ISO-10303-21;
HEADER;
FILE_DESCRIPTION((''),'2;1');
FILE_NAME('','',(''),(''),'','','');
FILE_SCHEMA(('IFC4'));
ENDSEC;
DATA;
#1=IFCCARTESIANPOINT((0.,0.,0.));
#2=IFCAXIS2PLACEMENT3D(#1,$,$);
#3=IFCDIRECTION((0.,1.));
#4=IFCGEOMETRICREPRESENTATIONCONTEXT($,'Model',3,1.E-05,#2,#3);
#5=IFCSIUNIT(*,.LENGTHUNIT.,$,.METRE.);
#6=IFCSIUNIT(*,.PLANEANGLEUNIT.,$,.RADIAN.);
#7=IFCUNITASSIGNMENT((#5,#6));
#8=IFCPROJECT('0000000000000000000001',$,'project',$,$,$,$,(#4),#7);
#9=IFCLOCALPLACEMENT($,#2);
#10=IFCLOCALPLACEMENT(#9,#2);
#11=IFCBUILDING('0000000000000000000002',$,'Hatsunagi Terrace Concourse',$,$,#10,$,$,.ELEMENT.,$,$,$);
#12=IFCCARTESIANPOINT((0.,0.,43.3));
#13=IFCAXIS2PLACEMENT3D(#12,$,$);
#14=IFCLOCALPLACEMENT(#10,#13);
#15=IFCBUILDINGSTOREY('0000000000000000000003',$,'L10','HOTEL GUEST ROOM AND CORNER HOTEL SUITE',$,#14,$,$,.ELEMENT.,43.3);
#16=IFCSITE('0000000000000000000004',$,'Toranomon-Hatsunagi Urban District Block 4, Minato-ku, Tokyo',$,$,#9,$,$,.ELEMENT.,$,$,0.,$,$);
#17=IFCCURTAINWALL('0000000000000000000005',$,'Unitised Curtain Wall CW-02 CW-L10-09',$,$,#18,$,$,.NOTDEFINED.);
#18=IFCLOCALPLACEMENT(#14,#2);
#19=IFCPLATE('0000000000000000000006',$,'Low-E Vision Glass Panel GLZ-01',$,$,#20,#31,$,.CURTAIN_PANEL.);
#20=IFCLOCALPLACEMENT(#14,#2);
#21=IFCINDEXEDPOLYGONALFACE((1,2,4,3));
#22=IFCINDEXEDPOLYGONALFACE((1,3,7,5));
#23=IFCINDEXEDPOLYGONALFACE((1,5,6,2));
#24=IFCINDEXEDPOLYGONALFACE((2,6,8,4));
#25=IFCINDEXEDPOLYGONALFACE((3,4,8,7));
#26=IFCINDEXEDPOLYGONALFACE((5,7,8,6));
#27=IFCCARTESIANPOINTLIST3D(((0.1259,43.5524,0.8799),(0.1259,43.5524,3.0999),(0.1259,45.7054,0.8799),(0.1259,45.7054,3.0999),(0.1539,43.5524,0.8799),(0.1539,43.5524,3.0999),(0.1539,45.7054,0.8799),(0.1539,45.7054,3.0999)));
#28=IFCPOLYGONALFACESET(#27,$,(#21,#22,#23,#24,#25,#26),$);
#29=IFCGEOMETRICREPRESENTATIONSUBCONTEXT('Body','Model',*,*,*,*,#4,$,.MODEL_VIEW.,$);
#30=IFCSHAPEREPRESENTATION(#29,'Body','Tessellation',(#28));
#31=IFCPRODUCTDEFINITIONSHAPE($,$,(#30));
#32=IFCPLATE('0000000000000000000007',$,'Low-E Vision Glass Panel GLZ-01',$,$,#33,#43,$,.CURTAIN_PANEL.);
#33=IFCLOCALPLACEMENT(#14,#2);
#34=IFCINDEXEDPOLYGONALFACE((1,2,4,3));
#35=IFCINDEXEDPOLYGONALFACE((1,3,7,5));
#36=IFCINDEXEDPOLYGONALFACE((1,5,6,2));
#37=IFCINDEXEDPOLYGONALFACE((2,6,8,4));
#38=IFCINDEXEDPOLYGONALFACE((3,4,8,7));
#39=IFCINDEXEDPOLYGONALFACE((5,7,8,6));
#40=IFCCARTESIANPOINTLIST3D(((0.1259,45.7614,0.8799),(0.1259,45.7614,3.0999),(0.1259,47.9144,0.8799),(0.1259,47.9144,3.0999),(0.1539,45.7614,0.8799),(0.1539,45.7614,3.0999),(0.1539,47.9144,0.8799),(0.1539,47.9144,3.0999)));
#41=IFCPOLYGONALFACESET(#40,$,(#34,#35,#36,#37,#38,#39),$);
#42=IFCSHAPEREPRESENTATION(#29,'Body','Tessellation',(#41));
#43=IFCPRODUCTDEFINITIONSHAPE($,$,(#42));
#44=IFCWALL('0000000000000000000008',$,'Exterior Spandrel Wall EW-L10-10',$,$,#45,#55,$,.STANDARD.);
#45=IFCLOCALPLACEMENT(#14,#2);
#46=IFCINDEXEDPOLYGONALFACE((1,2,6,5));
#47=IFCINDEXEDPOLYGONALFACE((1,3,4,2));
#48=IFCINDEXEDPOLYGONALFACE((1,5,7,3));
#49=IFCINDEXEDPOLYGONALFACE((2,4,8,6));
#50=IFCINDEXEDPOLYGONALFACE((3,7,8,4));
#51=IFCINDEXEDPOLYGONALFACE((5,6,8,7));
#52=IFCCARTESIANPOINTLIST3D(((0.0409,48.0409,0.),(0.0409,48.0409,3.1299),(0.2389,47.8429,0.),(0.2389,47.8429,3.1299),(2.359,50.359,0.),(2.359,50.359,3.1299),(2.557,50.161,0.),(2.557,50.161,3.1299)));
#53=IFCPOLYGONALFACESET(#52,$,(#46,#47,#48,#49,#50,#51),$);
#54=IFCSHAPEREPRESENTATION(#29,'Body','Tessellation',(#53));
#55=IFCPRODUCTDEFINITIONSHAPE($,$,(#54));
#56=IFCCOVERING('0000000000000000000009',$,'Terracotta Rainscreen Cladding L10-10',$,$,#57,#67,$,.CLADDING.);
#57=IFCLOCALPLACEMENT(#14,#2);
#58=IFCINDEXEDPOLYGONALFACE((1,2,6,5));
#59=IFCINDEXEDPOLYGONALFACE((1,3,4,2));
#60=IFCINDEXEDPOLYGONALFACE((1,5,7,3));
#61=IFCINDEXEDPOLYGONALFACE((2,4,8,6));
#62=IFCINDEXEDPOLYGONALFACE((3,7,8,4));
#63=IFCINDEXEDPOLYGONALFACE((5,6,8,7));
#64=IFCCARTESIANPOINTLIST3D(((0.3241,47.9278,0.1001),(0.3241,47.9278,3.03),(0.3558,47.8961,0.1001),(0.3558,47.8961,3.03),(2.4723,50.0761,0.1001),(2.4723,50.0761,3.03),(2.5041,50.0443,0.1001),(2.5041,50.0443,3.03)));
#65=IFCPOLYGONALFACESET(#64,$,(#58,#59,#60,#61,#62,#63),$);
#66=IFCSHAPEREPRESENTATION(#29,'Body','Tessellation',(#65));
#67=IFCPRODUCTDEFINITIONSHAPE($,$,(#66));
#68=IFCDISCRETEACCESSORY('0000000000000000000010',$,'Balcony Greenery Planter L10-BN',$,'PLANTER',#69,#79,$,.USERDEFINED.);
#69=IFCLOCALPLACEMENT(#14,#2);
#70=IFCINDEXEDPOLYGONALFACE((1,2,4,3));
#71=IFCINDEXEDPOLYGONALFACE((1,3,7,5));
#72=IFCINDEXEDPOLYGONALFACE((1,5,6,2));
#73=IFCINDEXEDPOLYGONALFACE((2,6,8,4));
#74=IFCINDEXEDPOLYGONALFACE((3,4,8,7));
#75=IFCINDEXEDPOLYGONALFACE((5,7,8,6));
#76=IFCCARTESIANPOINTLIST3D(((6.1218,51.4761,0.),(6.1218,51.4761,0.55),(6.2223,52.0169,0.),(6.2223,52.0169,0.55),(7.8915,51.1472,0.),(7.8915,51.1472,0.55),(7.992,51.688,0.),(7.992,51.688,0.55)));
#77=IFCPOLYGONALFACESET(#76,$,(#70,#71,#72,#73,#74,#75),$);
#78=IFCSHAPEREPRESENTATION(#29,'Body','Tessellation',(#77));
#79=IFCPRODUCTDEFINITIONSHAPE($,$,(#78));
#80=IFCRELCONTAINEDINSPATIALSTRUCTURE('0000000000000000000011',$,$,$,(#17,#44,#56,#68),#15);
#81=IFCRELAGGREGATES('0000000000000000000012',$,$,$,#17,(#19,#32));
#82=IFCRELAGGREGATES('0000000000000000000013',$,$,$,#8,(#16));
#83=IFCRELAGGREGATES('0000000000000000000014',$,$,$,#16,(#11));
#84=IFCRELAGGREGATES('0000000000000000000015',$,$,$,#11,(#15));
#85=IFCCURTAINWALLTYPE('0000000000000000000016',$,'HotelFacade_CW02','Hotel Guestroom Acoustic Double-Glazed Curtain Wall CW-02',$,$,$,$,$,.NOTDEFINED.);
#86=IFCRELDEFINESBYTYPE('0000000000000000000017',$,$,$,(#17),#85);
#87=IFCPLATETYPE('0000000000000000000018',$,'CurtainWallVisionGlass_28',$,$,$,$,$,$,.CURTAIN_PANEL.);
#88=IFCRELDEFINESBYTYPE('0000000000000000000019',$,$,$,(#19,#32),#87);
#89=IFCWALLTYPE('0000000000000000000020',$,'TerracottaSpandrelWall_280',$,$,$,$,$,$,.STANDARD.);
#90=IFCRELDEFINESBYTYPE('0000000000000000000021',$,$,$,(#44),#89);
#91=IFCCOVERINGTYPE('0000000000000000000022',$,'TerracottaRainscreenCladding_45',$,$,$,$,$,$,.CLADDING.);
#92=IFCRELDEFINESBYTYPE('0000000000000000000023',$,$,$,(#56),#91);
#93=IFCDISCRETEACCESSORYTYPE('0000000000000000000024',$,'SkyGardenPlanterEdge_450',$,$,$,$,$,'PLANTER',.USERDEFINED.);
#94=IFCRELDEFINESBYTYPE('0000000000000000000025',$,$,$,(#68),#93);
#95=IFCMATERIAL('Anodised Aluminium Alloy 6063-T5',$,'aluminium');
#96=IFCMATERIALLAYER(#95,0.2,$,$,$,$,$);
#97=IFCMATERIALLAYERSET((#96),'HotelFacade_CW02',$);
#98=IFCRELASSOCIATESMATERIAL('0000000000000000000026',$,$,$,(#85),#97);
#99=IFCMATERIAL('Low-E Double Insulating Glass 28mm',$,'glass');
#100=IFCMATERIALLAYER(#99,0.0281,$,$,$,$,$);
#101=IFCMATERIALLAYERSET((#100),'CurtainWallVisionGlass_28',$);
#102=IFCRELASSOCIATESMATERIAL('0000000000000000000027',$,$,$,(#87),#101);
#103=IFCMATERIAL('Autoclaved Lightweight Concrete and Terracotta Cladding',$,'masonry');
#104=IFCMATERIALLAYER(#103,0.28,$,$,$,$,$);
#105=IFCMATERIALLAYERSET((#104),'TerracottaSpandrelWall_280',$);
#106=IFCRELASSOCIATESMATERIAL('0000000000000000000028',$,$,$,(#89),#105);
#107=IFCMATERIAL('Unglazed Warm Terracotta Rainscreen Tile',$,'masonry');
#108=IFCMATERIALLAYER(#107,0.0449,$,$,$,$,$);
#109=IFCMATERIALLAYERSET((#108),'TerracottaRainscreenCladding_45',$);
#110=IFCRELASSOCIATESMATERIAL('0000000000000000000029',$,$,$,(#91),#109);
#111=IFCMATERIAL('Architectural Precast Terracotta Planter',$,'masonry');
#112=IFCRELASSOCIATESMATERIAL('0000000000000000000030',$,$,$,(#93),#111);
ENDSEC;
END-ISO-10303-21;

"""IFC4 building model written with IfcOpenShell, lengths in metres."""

from ifc_helpers import new_model, si_unit, direction, frame, frame_2d, origin, origin_2d, place, context, subcontext, project, spatial, rectangle, extrude, material, layer, layer_set, type_object, element, aggregate, save


model = new_model("IFC4")

# Units and contexts
model_context = context("Model", 3, precision=1e-05, world=origin(), true_north=direction((0.0, 1.0)))
body_context = subcontext(model_context, "Body", "Model", "MODEL_VIEW")
ifc_project = project(units=[si_unit("LENGTHUNIT", "METRE"), si_unit("PLANEANGLEUNIT", "RADIAN")], contexts=[model_context])

# Site, building, storey
site_placement = place(None, origin())
site = spatial("IfcSite", under=ifc_project, at=site_placement, Name="Toranomon-Hatsunagi Urban District Block 4, Minato-ku, Tokyo", CompositionType="ELEMENT", RefElevation=0.0)
building_placement = place(site_placement, origin())
building = spatial("IfcBuilding", under=site, at=building_placement, Name="Hatsunagi Terrace Concourse", CompositionType="ELEMENT")
storey_placement = place(building_placement, frame((0.0, 0.0, 43.3)))
storey = spatial("IfcBuildingStorey", under=building, at=storey_placement, Name="L10", Description="HOTEL GUEST ROOM AND CORNER HOTEL SUITE", CompositionType="ELEMENT", Elevation=43.3)

# Curtain wall
ifc_material_1 = material(Name="Anodised Aluminium Alloy 6063-T5", Category="aluminium")
ifc_layer_1 = layer(ifc_material_1, 0.2)
ifc_layer_set_1 = layer_set([ifc_layer_1], Name="HotelFacade_CW02")
curtain_wall_type = type_object("IfcCurtainWallType", Name="HotelFacade_CW02", Description="Hotel Guestroom Acoustic Double-Glazed Curtain Wall CW-02", PredefinedType="NOTDEFINED", material=ifc_layer_set_1)
curtain_wall_placement = place(storey_placement, origin())
curtain_wall = element("IfcCurtainWall", 1, at=curtain_wall_placement, inside=storey, type_object=curtain_wall_type, Name="Unitised Curtain Wall CW-02 CW-L10-09", PredefinedType="NOTDEFINED")

# Plates
ifc_material_2 = material(Name="Low-E Double Insulating Glass 28mm", Category="glass")
ifc_layer_2 = layer(ifc_material_2, 0.0281)
ifc_layer_set_2 = layer_set([ifc_layer_2], Name="CurtainWallVisionGlass_28")
plate_type_1 = type_object("IfcPlateType", Name="CurtainWallVisionGlass_28", PredefinedType="CURTAIN_PANEL", material=ifc_layer_set_2)
plate_1_placement = place(storey_placement, frame((0.1399, 44.6289, 0.8799), z_axis=(0.0, 0.0, 1.0), x_axis=(0.0, 1.0, 0.0)))
plate_1 = element("IfcPlate", 2, at=plate_1_placement, type_object=plate_type_1, Name="Low-E Vision Glass Panel GLZ-01", PredefinedType="CURTAIN_PANEL", context=body_context, shape_type="SweptSolid", body=[
    extrude(rectangle(XDim=2.1531, YDim=0.0281, at=origin_2d()), origin(), (0.0, 0.0, 1.0), 2.22),
])
plate_2_placement = place(storey_placement, frame((0.1399, 46.8379, 0.8799), z_axis=(0.0, 0.0, 1.0), x_axis=(0.0, 1.0, 0.0)))
plate_2 = element("IfcPlate", 3, at=plate_2_placement, type_object=plate_type_1, Name="Low-E Vision Glass Panel GLZ-01", PredefinedType="CURTAIN_PANEL", context=body_context, shape_type="SweptSolid", body=[
    extrude(rectangle(XDim=2.1531, YDim=0.0281, at=origin_2d()), origin(), (0.0, 0.0, 1.0), 2.22),
])
aggregate(curtain_wall, [plate_1, plate_2])

# Wall
ifc_material_3 = material(Name="Autoclaved Lightweight Concrete and Terracotta Cladding", Category="masonry")
ifc_layer_3 = layer(ifc_material_3, 0.28)
ifc_layer_set_3 = layer_set([ifc_layer_3], Name="TerracottaSpandrelWall_280")
wall_type = type_object("IfcWallType", Name="TerracottaSpandrelWall_280", PredefinedType="STANDARD", material=ifc_layer_set_3)
wall_1_placement = place(storey_placement, frame((0.1399, 47.9419, 0.0), z_axis=(0.0, 0.0, 1.0), x_axis=(0.707107, 0.707107, 0.0)))
element("IfcWall", 4, at=wall_1_placement, inside=storey, type_object=wall_type, Name="Exterior Spandrel Wall EW-L10-10", PredefinedType="STANDARD", context=body_context, shape_type="SweptSolid", body=[
    extrude(rectangle(XDim=3.2783, YDim=0.28, at=frame_2d((1.6392, 0.0))), origin(), (0.0, 0.0, 1.0), 3.1299),
])

# Covering
ifc_material_4 = material(Name="Unglazed Warm Terracotta Rainscreen Tile", Category="masonry")
ifc_layer_4 = layer(ifc_material_4, 0.0449)
ifc_layer_set_4 = layer_set([ifc_layer_4], Name="TerracottaRainscreenCladding_45")
covering_type = type_object("IfcCoveringType", Name="TerracottaRainscreenCladding_45", PredefinedType="CLADDING", material=ifc_layer_set_4)
covering_placement = place(storey_placement, frame((1.4141, 48.9861, 0.1001), z_axis=(0.0, 0.0, 1.0), x_axis=(0.707107, 0.707107, 0.0)))
element("IfcCovering", 5, at=covering_placement, inside=storey, type_object=covering_type, Name="Terracotta Rainscreen Cladding L10-10", PredefinedType="CLADDING", context=body_context, shape_type="SweptSolid", body=[
    extrude(rectangle(XDim=3.0381, YDim=0.0449, at=origin_2d()), origin(), (0.0, 0.0, 1.0), 2.9299),
])

# Discrete accessory
ifc_material_5 = material(Name="Architectural Precast Terracotta Planter", Category="masonry")
discrete_accessory_type = type_object("IfcDiscreteAccessoryType", Name="SkyGardenPlanterEdge_450", ElementType="PLANTER", PredefinedType="USERDEFINED", material=ifc_material_5)
discrete_accessory_placement = place(storey_placement, frame((7.0569, 51.582, 0.0), z_axis=(0.0, 0.0, 1.0), x_axis=(0.983166, -0.182716, 0.0)))
element("IfcDiscreteAccessory", 6, at=discrete_accessory_placement, inside=storey, type_object=discrete_accessory_type, Name="Balcony Greenery Planter L10-BN", ObjectType="PLANTER", PredefinedType="USERDEFINED", context=body_context, shape_type="SweptSolid", body=[
    extrude(rectangle(XDim=1.8, YDim=0.55, at=origin_2d()), origin(), (0.0, 0.0, 1.0), 0.55),
])

save(model, "model.ifc")
